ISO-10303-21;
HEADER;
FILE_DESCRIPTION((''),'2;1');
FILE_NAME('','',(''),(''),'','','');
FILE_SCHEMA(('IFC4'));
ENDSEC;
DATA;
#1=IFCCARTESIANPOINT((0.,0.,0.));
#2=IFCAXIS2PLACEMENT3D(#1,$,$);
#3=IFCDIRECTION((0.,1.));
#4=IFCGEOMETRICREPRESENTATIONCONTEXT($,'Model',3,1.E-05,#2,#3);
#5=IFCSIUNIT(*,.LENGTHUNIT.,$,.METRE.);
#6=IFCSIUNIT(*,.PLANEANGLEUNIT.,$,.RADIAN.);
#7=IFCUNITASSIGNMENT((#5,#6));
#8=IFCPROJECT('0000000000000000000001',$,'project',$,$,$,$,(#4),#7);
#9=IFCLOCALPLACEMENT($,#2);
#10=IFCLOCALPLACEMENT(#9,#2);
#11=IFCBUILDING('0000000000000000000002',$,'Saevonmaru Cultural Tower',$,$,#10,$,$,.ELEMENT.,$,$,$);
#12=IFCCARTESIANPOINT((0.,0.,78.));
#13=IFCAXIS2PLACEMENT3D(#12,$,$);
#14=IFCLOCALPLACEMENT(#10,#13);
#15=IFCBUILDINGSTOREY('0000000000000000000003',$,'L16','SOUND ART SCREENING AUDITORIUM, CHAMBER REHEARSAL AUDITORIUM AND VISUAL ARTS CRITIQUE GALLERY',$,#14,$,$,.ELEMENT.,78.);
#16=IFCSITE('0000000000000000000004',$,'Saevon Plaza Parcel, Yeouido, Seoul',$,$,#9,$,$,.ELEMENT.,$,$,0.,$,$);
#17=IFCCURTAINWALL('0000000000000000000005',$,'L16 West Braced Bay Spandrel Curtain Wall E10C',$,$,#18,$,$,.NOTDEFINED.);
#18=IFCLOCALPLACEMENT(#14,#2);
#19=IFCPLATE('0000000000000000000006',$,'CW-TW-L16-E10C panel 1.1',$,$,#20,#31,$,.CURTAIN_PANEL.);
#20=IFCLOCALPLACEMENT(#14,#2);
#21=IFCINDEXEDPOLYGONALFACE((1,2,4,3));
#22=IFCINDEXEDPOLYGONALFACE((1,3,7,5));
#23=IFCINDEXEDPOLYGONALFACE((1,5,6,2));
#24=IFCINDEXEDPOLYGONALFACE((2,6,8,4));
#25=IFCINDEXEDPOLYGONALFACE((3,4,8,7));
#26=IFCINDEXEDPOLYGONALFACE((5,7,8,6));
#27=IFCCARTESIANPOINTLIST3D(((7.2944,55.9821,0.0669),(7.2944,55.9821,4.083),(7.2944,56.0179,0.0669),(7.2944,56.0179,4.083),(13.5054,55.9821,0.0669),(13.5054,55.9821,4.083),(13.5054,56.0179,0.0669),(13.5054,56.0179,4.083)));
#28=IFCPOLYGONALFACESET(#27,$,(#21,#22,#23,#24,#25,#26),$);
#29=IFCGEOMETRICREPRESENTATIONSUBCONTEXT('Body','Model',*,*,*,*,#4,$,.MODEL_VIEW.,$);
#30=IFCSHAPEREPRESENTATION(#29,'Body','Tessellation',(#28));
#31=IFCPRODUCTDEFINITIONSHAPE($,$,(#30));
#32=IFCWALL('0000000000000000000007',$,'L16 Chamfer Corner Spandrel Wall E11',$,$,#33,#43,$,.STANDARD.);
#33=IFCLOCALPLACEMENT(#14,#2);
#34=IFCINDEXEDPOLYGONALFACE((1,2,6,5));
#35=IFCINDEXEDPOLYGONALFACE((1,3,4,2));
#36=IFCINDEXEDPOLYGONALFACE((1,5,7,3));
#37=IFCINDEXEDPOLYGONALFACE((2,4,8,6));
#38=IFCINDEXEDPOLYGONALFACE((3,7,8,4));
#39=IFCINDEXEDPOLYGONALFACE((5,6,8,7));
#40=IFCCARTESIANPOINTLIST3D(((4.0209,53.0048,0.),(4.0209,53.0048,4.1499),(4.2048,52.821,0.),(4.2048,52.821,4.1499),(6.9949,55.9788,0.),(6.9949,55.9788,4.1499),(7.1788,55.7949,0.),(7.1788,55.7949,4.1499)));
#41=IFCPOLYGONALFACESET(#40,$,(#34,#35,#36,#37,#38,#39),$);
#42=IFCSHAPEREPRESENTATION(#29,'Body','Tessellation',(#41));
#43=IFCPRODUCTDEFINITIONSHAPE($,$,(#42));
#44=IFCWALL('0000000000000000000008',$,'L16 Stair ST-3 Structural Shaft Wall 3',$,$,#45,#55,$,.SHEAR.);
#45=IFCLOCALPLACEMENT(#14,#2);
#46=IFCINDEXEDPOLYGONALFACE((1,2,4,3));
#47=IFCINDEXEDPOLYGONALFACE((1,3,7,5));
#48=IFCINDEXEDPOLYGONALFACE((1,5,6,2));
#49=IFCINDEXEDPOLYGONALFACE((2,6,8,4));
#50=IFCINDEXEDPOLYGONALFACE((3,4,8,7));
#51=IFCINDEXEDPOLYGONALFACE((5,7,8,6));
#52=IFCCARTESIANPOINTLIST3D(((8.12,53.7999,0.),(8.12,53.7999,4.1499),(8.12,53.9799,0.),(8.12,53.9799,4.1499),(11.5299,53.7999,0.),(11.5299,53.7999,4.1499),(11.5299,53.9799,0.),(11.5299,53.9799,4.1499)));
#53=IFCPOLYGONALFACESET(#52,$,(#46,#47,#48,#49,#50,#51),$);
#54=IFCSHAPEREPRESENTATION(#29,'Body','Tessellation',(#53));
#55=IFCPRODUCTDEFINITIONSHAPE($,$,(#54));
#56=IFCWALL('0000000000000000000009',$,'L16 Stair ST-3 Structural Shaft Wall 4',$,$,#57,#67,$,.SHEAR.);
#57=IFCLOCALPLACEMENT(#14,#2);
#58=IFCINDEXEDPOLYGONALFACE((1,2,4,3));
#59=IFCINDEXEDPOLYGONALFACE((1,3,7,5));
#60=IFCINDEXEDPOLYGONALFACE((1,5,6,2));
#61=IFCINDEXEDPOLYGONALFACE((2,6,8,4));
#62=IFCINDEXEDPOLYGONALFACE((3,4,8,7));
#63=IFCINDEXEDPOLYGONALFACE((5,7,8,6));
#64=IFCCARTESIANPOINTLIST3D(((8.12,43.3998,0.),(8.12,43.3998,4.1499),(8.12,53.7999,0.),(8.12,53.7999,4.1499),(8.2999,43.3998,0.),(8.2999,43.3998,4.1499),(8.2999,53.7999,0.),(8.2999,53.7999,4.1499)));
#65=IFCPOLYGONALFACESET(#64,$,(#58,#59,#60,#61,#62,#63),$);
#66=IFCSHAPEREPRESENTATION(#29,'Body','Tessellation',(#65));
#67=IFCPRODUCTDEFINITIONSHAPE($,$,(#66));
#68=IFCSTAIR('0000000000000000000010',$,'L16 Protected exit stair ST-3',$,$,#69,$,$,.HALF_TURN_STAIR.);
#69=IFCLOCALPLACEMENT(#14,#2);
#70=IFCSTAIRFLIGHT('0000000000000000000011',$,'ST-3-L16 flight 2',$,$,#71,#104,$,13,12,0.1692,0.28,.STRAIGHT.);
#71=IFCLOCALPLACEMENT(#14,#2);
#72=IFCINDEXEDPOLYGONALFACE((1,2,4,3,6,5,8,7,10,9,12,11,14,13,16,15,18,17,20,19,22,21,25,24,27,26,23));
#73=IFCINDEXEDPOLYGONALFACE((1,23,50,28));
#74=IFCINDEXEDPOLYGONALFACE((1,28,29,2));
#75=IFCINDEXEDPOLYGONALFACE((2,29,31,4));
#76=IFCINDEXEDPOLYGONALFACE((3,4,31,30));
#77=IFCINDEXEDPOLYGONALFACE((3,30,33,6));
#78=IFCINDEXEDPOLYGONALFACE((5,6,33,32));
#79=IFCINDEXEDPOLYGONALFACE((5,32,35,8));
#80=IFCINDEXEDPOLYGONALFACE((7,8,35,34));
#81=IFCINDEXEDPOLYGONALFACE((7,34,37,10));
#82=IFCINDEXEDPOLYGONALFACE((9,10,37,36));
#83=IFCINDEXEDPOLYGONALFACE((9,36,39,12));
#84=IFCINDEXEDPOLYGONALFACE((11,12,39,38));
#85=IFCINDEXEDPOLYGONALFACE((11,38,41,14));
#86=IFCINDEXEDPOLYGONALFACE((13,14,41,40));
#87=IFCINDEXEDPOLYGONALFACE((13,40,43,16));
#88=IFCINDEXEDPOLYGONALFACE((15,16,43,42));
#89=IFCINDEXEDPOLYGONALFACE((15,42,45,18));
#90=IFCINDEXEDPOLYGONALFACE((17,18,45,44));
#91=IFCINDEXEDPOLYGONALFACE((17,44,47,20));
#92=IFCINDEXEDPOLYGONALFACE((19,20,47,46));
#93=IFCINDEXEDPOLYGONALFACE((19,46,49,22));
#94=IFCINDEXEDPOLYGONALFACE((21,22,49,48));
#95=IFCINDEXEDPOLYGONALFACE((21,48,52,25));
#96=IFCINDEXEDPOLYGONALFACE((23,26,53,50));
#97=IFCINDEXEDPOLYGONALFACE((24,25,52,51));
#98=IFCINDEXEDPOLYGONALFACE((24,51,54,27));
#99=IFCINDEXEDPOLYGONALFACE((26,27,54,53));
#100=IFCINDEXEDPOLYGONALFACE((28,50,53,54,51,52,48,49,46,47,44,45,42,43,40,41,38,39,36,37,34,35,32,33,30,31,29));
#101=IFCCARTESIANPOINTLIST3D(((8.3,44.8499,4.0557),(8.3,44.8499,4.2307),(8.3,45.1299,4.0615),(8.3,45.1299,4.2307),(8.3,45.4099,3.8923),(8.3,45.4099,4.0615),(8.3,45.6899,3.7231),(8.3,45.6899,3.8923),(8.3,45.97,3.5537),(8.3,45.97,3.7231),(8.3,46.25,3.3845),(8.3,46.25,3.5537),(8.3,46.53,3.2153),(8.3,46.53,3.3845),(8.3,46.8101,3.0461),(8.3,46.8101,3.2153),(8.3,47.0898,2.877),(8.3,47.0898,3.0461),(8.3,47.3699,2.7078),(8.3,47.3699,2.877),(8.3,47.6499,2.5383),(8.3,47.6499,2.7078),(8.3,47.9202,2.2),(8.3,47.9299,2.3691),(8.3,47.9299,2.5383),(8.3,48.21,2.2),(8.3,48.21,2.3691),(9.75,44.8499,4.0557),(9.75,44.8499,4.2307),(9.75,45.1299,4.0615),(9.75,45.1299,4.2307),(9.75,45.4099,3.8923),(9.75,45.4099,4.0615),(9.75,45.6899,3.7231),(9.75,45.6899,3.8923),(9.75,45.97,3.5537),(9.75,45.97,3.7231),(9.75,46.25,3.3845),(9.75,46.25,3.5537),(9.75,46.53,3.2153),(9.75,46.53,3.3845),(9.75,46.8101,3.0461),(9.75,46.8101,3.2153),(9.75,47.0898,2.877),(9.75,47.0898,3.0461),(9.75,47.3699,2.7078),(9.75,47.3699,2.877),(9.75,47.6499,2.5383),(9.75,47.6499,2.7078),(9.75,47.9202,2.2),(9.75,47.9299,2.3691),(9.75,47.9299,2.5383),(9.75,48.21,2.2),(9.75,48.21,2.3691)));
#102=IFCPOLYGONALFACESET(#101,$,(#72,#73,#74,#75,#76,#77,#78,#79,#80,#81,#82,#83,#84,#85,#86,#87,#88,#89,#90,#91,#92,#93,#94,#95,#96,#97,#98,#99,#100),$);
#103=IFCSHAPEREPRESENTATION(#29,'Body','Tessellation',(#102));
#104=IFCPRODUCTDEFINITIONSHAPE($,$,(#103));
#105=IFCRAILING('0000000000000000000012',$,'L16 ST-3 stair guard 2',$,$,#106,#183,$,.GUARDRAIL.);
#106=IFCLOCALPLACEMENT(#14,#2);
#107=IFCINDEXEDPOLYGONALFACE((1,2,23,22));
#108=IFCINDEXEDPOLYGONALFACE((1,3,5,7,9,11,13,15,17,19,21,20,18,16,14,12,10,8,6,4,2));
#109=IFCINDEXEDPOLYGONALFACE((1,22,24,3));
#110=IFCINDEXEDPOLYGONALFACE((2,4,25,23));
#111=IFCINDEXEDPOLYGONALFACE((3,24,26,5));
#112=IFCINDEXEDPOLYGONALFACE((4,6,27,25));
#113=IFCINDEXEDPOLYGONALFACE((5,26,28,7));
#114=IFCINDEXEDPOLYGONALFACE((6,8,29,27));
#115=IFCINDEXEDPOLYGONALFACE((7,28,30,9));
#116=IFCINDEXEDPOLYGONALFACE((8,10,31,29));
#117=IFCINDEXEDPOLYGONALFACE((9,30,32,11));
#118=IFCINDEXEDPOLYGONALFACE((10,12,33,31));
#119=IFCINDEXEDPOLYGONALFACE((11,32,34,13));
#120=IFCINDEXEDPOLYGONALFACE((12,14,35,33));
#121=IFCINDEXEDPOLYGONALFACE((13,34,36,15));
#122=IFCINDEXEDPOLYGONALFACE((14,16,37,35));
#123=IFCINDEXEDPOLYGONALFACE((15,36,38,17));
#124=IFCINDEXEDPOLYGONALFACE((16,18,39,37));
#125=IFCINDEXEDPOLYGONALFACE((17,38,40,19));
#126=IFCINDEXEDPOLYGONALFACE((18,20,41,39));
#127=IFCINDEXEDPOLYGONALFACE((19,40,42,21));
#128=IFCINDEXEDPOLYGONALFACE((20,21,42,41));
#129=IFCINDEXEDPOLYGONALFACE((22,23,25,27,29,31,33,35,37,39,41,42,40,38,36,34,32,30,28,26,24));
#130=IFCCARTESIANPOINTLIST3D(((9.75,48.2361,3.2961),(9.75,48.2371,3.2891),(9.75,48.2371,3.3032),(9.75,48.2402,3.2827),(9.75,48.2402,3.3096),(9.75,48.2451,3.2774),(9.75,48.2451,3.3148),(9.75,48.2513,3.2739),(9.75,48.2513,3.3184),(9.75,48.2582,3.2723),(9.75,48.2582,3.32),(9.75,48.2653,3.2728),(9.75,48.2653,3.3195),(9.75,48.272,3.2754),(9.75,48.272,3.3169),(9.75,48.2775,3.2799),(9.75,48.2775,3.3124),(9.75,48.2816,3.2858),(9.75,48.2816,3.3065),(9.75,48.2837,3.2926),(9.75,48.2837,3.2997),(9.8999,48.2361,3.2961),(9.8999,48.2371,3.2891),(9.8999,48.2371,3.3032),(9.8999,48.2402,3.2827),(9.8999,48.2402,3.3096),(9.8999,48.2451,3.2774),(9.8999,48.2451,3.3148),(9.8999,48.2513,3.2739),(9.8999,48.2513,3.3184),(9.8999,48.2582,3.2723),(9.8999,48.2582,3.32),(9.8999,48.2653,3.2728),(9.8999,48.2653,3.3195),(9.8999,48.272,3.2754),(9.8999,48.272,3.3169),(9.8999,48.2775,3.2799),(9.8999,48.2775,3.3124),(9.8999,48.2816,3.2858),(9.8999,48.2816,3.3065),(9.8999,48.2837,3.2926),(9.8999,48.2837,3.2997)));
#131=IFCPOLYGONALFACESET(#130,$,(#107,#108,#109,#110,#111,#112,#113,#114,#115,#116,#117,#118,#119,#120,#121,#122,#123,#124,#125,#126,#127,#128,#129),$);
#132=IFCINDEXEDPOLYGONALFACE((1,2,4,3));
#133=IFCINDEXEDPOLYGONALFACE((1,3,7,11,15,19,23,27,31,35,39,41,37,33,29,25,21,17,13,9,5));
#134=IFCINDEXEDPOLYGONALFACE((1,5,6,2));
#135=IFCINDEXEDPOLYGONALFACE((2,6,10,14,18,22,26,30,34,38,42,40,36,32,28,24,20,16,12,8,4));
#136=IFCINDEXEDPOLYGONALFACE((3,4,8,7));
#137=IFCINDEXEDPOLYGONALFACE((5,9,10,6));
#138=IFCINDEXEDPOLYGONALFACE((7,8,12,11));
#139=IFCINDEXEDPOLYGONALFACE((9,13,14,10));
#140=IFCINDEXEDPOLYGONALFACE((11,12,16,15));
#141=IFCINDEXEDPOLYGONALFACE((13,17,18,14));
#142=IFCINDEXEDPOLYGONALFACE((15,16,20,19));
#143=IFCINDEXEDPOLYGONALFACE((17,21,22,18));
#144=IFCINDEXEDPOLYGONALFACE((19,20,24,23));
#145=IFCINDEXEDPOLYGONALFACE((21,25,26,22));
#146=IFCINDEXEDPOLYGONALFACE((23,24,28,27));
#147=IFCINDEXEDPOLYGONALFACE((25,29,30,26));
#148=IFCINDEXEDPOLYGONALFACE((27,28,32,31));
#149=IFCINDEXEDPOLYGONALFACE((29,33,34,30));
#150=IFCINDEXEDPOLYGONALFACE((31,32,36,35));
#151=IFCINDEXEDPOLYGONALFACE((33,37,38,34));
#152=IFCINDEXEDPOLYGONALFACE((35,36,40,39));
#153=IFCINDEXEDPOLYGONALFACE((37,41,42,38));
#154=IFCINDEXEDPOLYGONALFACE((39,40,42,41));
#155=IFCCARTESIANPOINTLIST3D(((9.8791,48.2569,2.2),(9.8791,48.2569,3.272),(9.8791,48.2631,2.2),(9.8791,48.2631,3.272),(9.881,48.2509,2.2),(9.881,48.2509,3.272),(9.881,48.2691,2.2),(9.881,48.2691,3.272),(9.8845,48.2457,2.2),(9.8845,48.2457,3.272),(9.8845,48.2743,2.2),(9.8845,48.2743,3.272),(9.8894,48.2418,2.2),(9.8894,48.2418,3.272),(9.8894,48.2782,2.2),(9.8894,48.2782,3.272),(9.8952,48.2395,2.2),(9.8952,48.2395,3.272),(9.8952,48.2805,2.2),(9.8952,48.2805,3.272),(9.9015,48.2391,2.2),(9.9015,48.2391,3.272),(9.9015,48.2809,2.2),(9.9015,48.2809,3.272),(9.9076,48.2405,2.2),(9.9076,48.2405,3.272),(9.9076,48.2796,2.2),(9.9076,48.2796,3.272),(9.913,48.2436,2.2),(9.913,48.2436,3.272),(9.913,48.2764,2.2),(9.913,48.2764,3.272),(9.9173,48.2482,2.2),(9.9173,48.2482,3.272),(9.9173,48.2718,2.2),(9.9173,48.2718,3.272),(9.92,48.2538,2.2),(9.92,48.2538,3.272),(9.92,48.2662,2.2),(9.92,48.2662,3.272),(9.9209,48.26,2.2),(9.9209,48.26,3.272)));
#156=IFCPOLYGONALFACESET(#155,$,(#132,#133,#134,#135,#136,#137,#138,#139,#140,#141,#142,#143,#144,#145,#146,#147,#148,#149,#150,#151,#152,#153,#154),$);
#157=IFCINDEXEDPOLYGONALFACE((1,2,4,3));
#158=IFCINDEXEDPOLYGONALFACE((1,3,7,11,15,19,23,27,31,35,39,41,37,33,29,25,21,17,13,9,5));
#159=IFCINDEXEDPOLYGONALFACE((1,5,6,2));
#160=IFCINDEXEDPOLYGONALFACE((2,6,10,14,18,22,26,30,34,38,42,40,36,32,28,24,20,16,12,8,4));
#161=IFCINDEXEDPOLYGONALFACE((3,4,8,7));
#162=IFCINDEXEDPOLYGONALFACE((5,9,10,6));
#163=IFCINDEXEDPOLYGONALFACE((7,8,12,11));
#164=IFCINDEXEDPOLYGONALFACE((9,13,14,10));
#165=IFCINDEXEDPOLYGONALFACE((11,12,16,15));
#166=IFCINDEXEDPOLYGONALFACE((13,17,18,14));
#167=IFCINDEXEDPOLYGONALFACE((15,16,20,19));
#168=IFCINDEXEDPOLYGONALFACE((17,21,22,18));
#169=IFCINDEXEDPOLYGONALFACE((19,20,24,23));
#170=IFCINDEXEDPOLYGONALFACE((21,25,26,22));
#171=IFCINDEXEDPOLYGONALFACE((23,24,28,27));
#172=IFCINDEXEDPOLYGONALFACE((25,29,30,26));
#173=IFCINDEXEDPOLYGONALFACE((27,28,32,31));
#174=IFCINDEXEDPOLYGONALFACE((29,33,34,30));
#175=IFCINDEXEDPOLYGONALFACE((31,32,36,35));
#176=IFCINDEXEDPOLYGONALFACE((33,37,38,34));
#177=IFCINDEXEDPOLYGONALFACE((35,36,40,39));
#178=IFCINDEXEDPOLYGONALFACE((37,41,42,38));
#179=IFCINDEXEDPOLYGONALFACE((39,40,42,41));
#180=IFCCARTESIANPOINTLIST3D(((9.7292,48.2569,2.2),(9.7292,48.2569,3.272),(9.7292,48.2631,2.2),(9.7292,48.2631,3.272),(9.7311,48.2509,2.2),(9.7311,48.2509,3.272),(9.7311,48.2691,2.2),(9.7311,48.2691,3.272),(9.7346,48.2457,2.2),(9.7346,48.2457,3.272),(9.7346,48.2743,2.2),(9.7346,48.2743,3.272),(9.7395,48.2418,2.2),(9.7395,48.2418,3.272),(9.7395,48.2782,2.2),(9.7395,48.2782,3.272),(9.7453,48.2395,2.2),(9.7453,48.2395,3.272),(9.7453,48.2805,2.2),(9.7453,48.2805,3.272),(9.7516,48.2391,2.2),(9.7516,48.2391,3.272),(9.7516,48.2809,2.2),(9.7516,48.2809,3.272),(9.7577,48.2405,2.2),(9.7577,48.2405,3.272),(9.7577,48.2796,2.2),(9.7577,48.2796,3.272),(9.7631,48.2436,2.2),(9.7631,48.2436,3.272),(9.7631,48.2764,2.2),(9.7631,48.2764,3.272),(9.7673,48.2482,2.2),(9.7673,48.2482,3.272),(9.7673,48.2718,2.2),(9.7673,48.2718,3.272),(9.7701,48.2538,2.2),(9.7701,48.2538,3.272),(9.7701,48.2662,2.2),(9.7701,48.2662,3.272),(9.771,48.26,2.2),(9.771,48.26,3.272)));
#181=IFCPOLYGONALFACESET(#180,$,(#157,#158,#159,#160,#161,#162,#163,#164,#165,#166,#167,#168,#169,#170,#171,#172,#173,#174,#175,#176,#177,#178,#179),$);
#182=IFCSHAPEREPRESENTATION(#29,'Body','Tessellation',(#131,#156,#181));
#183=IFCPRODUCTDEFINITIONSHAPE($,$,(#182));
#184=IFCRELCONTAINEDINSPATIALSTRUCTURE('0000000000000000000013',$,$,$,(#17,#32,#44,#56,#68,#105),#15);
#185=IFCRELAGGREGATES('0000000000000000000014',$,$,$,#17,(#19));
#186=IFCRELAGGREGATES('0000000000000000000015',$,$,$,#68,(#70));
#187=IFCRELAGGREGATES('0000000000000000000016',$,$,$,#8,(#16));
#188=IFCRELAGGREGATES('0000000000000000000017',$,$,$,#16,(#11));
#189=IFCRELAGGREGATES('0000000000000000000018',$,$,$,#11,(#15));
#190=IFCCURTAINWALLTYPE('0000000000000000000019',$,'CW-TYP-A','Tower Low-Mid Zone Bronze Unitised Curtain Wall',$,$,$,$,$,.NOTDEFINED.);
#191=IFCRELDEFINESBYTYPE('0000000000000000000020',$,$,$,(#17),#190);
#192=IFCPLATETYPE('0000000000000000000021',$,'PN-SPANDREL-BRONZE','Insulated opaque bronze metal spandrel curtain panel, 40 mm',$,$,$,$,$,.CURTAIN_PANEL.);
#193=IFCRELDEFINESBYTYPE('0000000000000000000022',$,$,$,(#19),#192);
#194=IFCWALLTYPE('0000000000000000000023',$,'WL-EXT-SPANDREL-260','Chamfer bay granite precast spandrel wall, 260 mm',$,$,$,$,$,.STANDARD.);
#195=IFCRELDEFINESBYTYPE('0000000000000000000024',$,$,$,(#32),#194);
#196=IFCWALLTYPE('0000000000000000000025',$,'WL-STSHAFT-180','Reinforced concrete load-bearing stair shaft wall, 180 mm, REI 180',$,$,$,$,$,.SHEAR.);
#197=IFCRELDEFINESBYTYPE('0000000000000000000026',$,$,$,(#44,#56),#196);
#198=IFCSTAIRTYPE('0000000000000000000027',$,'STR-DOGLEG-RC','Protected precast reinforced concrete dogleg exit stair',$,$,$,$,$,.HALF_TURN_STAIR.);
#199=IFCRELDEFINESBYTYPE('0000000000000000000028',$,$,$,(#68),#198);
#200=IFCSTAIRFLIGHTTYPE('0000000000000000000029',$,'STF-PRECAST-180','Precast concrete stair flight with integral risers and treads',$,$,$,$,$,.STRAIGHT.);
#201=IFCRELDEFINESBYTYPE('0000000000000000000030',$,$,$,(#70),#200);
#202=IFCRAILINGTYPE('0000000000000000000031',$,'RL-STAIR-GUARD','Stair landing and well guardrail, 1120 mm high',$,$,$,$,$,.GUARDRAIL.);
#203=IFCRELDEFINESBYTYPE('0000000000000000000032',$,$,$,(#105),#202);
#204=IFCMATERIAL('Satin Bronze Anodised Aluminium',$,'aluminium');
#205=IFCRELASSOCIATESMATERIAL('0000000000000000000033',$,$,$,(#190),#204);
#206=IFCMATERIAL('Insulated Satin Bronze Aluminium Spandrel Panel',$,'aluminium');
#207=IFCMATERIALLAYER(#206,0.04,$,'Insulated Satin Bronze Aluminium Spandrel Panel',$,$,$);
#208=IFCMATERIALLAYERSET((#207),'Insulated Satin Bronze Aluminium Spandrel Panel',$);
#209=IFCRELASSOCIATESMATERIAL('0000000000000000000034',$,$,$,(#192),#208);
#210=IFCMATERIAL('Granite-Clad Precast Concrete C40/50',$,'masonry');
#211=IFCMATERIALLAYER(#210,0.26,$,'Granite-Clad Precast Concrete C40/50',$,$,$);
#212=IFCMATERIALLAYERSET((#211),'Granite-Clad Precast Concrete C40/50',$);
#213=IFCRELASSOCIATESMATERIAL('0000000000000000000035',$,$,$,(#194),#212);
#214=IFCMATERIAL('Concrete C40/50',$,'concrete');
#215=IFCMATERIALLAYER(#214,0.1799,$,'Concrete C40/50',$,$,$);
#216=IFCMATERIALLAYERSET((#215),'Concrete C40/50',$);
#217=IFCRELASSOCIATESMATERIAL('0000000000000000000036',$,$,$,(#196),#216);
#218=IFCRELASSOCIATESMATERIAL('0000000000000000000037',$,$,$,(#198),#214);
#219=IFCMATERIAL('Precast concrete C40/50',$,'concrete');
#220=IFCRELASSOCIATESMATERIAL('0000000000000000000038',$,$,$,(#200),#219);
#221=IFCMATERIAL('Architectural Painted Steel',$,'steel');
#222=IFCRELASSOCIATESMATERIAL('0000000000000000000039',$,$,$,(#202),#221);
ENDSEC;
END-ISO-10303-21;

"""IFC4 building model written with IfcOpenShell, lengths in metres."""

from ifc_helpers import new_model, si_unit, direction, frame, frame_2d, origin, origin_2d, place, context, subcontext, project, spatial, polyline, rectangle, circle, outline, extrude, material, layer, layer_set, type_object, element, aggregate, save


model = new_model("IFC4")

# Units and contexts
model_context = context("Model", 3, precision=1e-05, world=origin(), true_north=direction((0.0, 1.0)))
body_context = subcontext(model_context, "Body", "Model", "MODEL_VIEW")
ifc_project = project(units=[si_unit("LENGTHUNIT", "METRE"), si_unit("PLANEANGLEUNIT", "RADIAN")], contexts=[model_context])

# Site, building, storey
site_placement = place(None, origin())
site = spatial("IfcSite", under=ifc_project, at=site_placement, Name="Saevon Plaza Parcel, Yeouido, Seoul", CompositionType="ELEMENT", RefElevation=0.0)
building_placement = place(site_placement, origin())
building = spatial("IfcBuilding", under=site, at=building_placement, Name="Saevonmaru Cultural Tower", CompositionType="ELEMENT")
storey_placement = place(building_placement, frame((0.0, 0.0, 78.0)))
storey = spatial("IfcBuildingStorey", under=building, at=storey_placement, Name="L16", Description="SOUND ART SCREENING AUDITORIUM, CHAMBER REHEARSAL AUDITORIUM AND VISUAL ARTS CRITIQUE GALLERY", CompositionType="ELEMENT", Elevation=78.0)

# Curtain wall
ifc_material_1 = material(Name="Satin Bronze Anodised Aluminium", Category="aluminium")
curtain_wall_type = type_object("IfcCurtainWallType", Name="CW-TYP-A", Description="Tower Low-Mid Zone Bronze Unitised Curtain Wall", PredefinedType="NOTDEFINED", material=ifc_material_1)
curtain_wall_1_placement = place(storey_placement, origin())
curtain_wall_1 = element("IfcCurtainWall", 1, at=curtain_wall_1_placement, inside=storey, type_object=curtain_wall_type, Name="L16 West Braced Bay Spandrel Curtain Wall E10C", PredefinedType="NOTDEFINED")

# Plate
ifc_material_2 = material(Name="Insulated Satin Bronze Aluminium Spandrel Panel", Category="aluminium")
ifc_layer_1 = layer(ifc_material_2, 0.04, Name="Insulated Satin Bronze Aluminium Spandrel Panel")
ifc_layer_set_1 = layer_set([ifc_layer_1], Name="Insulated Satin Bronze Aluminium Spandrel Panel")
plate_type_1 = type_object("IfcPlateType", Name="PN-SPANDREL-BRONZE", Description="Insulated opaque bronze metal spandrel curtain panel, 40 mm", PredefinedType="CURTAIN_PANEL", material=ifc_layer_set_1)
plate_1_placement = place(storey_placement, frame((10.3999, 56.0, 0.0669), z_axis=(0.0, 0.0, 1.0), x_axis=(-1.0, 0.0, 0.0)))
plate_1 = element("IfcPlate", 2, at=plate_1_placement, type_object=plate_type_1, Name="CW-TW-L16-E10C panel 1.1", PredefinedType="CURTAIN_PANEL", context=body_context, shape_type="SweptSolid", body=[
    extrude(rectangle(XDim=6.2109, YDim=0.0359, at=origin_2d()), origin(), (0.0, 0.0, 1.0), 4.0161),
])
aggregate(curtain_wall_1, [plate_1])

# Walls
ifc_material_3 = material(Name="Granite-Clad Precast Concrete C40/50", Category="masonry")
ifc_layer_2 = layer(ifc_material_3, 0.26, Name="Granite-Clad Precast Concrete C40/50")
ifc_layer_set_2 = layer_set([ifc_layer_2], Name="Granite-Clad Precast Concrete C40/50")
wall_type_1 = type_object("IfcWallType", Name="WL-EXT-SPANDREL-260", Description="Chamfer bay granite precast spandrel wall, 260 mm", PredefinedType="STANDARD", material=ifc_layer_set_2)
wall_1_placement = place(storey_placement, frame((7.0869, 55.887, 0.0), z_axis=(0.0, 0.0, 1.0), x_axis=(-0.707107, -0.707107, 0.0)))
element("IfcWall", 3, at=wall_1_placement, inside=storey, type_object=wall_type_1, Name="L16 Chamfer Corner Spandrel Wall E11", PredefinedType="STANDARD", context=body_context, shape_type="SweptSolid", body=[
    extrude(rectangle(XDim=4.2058, YDim=0.26, at=frame_2d((2.103, 0.0))), origin(), (0.0, 0.0, 1.0), 4.1499),
])
ifc_material_4 = material(Name="Concrete C40/50", Category="concrete")
ifc_layer_3 = layer(ifc_material_4, 0.1799, Name="Concrete C40/50")
ifc_layer_set_3 = layer_set([ifc_layer_3], Name="Concrete C40/50")
wall_type_2 = type_object("IfcWallType", Name="WL-STSHAFT-180", Description="Reinforced concrete load-bearing stair shaft wall, 180 mm, REI 180", PredefinedType="SHEAR", material=ifc_layer_set_3)
wall_2_placement = place(storey_placement, frame((11.53, 53.8899, 0.0), z_axis=(0.0, 0.0, 1.0), x_axis=(-1.0, 0.0, 0.0)))
element("IfcWall", 4, at=wall_2_placement, inside=storey, type_object=wall_type_2, Name="L16 Stair ST-3 Structural Shaft Wall 3", PredefinedType="SHEAR", context=body_context, shape_type="SweptSolid", body=[
    extrude(rectangle(XDim=3.4099, YDim=0.1799, at=frame_2d((1.7051, 0.0))), origin(), (0.0, 0.0, 1.0), 4.1499),
])
wall_3_placement = place(storey_placement, frame((8.21, 53.8, 0.0), z_axis=(0.0, 0.0, 1.0), x_axis=(0.0, -1.0, 0.0)))
element("IfcWall", 5, at=wall_3_placement, inside=storey, type_object=wall_type_2, Name="L16 Stair ST-3 Structural Shaft Wall 4", PredefinedType="SHEAR", context=body_context, shape_type="SweptSolid", body=[
    extrude(rectangle(XDim=10.4001, YDim=0.1799, at=frame_2d((5.2002, 0.0))), origin(), (0.0, 0.0, 1.0), 4.1499),
])

# Stair, stair flight
stair_type = type_object("IfcStairType", Name="STR-DOGLEG-RC", Description="Protected precast reinforced concrete dogleg exit stair", PredefinedType="HALF_TURN_STAIR", material=ifc_material_4)
stair_placement = place(storey_placement, origin())
stair = element("IfcStair", 6, at=stair_placement, inside=storey, type_object=stair_type, Name="L16 Protected exit stair ST-3", PredefinedType="HALF_TURN_STAIR")
ifc_material_5 = material(Name="Precast concrete C40/50", Category="concrete")
stair_flight_type = type_object("IfcStairFlightType", Name="STF-PRECAST-180", Description="Precast concrete stair flight with integral risers and treads", PredefinedType="STRAIGHT", material=ifc_material_5)
stair_flight_placement = place(storey_placement, frame((9.0249, 48.21, 2.2), z_axis=(0.0, 0.0, 1.0), x_axis=(0.0, -1.0, 0.0)))
stair_flight = element("IfcStairFlight", 7, at=stair_flight_placement, type_object=stair_flight_type, Name="ST-3-L16 flight 2", NumberOfRisers=13, NumberOfTreads=12, PredefinedType="STRAIGHT", RiserHeight=0.1692, TreadLength=0.28, context=body_context, shape_type="SweptSolid", body=[
    extrude(outline(polyline([(0.0, 0.0), (0.0, 0.1692), (0.28, 0.1692), (0.28, 0.3384), (0.5601, 0.3384), (0.5601, 0.5078), (0.8401, 0.5078), (0.8401, 0.677), (1.1201, 0.677), (1.1201, 0.8462), (1.3999, 0.8462), (1.3999, 1.0154), (1.6799, 1.0154), (1.6799, 1.1846), (1.96, 1.1846), (1.96, 1.3538), (2.24, 1.3538), (2.24, 1.5232), (2.52, 1.5232), (2.52, 1.6924), (2.8, 1.6924), (2.8, 1.8616), (3.0801, 1.8616), (3.0801, 2.0308), (3.3601, 2.0308), (3.3601, 2.2), (3.3601, 1.8557), (0.2898, 0.0), (0.0, 0.0)])), frame((0.0, 0.7251, 0.0), z_axis=(0.0, -1.0, 0.0), x_axis=(1.0, 0.0, 0.0)), (0.0, 0.0, 1.0), 1.45),
])
aggregate(stair, [stair_flight])

# Railing
ifc_material_6 = material(Name="Architectural Painted Steel", Category="steel")
railing_type_1 = type_object("IfcRailingType", Name="RL-STAIR-GUARD", Description="Stair landing and well guardrail, 1120 mm high", PredefinedType="GUARDRAIL", material=ifc_material_6)
railing_1_placement = place(storey_placement, frame((9.8999, 48.26, 2.2)))
element("IfcRailing", 8, at=railing_1_placement, inside=storey, type_object=railing_type_1, Name="L16 ST-3 stair guard 2", PredefinedType="GUARDRAIL", context=body_context, shape_type="SweptSolid", body=[
    extrude(circle(Radius=0.0239, at=origin_2d()), frame((0.0, 0.0, 1.0962), z_axis=(-1.0, 0.0, 0.0), x_axis=(0.0, -1.0, 0.0)), (0.0, 0.0, 1.0), 0.1499),
    extrude(circle(Radius=0.021, at=origin_2d()), origin(), (0.0, 0.0, 1.0), 1.072),
    extrude(circle(Radius=0.021, at=origin_2d()), frame((-0.1499, 0.0, 0.0)), (0.0, 0.0, 1.0), 1.072),
])

save(model, "model.ifc")
